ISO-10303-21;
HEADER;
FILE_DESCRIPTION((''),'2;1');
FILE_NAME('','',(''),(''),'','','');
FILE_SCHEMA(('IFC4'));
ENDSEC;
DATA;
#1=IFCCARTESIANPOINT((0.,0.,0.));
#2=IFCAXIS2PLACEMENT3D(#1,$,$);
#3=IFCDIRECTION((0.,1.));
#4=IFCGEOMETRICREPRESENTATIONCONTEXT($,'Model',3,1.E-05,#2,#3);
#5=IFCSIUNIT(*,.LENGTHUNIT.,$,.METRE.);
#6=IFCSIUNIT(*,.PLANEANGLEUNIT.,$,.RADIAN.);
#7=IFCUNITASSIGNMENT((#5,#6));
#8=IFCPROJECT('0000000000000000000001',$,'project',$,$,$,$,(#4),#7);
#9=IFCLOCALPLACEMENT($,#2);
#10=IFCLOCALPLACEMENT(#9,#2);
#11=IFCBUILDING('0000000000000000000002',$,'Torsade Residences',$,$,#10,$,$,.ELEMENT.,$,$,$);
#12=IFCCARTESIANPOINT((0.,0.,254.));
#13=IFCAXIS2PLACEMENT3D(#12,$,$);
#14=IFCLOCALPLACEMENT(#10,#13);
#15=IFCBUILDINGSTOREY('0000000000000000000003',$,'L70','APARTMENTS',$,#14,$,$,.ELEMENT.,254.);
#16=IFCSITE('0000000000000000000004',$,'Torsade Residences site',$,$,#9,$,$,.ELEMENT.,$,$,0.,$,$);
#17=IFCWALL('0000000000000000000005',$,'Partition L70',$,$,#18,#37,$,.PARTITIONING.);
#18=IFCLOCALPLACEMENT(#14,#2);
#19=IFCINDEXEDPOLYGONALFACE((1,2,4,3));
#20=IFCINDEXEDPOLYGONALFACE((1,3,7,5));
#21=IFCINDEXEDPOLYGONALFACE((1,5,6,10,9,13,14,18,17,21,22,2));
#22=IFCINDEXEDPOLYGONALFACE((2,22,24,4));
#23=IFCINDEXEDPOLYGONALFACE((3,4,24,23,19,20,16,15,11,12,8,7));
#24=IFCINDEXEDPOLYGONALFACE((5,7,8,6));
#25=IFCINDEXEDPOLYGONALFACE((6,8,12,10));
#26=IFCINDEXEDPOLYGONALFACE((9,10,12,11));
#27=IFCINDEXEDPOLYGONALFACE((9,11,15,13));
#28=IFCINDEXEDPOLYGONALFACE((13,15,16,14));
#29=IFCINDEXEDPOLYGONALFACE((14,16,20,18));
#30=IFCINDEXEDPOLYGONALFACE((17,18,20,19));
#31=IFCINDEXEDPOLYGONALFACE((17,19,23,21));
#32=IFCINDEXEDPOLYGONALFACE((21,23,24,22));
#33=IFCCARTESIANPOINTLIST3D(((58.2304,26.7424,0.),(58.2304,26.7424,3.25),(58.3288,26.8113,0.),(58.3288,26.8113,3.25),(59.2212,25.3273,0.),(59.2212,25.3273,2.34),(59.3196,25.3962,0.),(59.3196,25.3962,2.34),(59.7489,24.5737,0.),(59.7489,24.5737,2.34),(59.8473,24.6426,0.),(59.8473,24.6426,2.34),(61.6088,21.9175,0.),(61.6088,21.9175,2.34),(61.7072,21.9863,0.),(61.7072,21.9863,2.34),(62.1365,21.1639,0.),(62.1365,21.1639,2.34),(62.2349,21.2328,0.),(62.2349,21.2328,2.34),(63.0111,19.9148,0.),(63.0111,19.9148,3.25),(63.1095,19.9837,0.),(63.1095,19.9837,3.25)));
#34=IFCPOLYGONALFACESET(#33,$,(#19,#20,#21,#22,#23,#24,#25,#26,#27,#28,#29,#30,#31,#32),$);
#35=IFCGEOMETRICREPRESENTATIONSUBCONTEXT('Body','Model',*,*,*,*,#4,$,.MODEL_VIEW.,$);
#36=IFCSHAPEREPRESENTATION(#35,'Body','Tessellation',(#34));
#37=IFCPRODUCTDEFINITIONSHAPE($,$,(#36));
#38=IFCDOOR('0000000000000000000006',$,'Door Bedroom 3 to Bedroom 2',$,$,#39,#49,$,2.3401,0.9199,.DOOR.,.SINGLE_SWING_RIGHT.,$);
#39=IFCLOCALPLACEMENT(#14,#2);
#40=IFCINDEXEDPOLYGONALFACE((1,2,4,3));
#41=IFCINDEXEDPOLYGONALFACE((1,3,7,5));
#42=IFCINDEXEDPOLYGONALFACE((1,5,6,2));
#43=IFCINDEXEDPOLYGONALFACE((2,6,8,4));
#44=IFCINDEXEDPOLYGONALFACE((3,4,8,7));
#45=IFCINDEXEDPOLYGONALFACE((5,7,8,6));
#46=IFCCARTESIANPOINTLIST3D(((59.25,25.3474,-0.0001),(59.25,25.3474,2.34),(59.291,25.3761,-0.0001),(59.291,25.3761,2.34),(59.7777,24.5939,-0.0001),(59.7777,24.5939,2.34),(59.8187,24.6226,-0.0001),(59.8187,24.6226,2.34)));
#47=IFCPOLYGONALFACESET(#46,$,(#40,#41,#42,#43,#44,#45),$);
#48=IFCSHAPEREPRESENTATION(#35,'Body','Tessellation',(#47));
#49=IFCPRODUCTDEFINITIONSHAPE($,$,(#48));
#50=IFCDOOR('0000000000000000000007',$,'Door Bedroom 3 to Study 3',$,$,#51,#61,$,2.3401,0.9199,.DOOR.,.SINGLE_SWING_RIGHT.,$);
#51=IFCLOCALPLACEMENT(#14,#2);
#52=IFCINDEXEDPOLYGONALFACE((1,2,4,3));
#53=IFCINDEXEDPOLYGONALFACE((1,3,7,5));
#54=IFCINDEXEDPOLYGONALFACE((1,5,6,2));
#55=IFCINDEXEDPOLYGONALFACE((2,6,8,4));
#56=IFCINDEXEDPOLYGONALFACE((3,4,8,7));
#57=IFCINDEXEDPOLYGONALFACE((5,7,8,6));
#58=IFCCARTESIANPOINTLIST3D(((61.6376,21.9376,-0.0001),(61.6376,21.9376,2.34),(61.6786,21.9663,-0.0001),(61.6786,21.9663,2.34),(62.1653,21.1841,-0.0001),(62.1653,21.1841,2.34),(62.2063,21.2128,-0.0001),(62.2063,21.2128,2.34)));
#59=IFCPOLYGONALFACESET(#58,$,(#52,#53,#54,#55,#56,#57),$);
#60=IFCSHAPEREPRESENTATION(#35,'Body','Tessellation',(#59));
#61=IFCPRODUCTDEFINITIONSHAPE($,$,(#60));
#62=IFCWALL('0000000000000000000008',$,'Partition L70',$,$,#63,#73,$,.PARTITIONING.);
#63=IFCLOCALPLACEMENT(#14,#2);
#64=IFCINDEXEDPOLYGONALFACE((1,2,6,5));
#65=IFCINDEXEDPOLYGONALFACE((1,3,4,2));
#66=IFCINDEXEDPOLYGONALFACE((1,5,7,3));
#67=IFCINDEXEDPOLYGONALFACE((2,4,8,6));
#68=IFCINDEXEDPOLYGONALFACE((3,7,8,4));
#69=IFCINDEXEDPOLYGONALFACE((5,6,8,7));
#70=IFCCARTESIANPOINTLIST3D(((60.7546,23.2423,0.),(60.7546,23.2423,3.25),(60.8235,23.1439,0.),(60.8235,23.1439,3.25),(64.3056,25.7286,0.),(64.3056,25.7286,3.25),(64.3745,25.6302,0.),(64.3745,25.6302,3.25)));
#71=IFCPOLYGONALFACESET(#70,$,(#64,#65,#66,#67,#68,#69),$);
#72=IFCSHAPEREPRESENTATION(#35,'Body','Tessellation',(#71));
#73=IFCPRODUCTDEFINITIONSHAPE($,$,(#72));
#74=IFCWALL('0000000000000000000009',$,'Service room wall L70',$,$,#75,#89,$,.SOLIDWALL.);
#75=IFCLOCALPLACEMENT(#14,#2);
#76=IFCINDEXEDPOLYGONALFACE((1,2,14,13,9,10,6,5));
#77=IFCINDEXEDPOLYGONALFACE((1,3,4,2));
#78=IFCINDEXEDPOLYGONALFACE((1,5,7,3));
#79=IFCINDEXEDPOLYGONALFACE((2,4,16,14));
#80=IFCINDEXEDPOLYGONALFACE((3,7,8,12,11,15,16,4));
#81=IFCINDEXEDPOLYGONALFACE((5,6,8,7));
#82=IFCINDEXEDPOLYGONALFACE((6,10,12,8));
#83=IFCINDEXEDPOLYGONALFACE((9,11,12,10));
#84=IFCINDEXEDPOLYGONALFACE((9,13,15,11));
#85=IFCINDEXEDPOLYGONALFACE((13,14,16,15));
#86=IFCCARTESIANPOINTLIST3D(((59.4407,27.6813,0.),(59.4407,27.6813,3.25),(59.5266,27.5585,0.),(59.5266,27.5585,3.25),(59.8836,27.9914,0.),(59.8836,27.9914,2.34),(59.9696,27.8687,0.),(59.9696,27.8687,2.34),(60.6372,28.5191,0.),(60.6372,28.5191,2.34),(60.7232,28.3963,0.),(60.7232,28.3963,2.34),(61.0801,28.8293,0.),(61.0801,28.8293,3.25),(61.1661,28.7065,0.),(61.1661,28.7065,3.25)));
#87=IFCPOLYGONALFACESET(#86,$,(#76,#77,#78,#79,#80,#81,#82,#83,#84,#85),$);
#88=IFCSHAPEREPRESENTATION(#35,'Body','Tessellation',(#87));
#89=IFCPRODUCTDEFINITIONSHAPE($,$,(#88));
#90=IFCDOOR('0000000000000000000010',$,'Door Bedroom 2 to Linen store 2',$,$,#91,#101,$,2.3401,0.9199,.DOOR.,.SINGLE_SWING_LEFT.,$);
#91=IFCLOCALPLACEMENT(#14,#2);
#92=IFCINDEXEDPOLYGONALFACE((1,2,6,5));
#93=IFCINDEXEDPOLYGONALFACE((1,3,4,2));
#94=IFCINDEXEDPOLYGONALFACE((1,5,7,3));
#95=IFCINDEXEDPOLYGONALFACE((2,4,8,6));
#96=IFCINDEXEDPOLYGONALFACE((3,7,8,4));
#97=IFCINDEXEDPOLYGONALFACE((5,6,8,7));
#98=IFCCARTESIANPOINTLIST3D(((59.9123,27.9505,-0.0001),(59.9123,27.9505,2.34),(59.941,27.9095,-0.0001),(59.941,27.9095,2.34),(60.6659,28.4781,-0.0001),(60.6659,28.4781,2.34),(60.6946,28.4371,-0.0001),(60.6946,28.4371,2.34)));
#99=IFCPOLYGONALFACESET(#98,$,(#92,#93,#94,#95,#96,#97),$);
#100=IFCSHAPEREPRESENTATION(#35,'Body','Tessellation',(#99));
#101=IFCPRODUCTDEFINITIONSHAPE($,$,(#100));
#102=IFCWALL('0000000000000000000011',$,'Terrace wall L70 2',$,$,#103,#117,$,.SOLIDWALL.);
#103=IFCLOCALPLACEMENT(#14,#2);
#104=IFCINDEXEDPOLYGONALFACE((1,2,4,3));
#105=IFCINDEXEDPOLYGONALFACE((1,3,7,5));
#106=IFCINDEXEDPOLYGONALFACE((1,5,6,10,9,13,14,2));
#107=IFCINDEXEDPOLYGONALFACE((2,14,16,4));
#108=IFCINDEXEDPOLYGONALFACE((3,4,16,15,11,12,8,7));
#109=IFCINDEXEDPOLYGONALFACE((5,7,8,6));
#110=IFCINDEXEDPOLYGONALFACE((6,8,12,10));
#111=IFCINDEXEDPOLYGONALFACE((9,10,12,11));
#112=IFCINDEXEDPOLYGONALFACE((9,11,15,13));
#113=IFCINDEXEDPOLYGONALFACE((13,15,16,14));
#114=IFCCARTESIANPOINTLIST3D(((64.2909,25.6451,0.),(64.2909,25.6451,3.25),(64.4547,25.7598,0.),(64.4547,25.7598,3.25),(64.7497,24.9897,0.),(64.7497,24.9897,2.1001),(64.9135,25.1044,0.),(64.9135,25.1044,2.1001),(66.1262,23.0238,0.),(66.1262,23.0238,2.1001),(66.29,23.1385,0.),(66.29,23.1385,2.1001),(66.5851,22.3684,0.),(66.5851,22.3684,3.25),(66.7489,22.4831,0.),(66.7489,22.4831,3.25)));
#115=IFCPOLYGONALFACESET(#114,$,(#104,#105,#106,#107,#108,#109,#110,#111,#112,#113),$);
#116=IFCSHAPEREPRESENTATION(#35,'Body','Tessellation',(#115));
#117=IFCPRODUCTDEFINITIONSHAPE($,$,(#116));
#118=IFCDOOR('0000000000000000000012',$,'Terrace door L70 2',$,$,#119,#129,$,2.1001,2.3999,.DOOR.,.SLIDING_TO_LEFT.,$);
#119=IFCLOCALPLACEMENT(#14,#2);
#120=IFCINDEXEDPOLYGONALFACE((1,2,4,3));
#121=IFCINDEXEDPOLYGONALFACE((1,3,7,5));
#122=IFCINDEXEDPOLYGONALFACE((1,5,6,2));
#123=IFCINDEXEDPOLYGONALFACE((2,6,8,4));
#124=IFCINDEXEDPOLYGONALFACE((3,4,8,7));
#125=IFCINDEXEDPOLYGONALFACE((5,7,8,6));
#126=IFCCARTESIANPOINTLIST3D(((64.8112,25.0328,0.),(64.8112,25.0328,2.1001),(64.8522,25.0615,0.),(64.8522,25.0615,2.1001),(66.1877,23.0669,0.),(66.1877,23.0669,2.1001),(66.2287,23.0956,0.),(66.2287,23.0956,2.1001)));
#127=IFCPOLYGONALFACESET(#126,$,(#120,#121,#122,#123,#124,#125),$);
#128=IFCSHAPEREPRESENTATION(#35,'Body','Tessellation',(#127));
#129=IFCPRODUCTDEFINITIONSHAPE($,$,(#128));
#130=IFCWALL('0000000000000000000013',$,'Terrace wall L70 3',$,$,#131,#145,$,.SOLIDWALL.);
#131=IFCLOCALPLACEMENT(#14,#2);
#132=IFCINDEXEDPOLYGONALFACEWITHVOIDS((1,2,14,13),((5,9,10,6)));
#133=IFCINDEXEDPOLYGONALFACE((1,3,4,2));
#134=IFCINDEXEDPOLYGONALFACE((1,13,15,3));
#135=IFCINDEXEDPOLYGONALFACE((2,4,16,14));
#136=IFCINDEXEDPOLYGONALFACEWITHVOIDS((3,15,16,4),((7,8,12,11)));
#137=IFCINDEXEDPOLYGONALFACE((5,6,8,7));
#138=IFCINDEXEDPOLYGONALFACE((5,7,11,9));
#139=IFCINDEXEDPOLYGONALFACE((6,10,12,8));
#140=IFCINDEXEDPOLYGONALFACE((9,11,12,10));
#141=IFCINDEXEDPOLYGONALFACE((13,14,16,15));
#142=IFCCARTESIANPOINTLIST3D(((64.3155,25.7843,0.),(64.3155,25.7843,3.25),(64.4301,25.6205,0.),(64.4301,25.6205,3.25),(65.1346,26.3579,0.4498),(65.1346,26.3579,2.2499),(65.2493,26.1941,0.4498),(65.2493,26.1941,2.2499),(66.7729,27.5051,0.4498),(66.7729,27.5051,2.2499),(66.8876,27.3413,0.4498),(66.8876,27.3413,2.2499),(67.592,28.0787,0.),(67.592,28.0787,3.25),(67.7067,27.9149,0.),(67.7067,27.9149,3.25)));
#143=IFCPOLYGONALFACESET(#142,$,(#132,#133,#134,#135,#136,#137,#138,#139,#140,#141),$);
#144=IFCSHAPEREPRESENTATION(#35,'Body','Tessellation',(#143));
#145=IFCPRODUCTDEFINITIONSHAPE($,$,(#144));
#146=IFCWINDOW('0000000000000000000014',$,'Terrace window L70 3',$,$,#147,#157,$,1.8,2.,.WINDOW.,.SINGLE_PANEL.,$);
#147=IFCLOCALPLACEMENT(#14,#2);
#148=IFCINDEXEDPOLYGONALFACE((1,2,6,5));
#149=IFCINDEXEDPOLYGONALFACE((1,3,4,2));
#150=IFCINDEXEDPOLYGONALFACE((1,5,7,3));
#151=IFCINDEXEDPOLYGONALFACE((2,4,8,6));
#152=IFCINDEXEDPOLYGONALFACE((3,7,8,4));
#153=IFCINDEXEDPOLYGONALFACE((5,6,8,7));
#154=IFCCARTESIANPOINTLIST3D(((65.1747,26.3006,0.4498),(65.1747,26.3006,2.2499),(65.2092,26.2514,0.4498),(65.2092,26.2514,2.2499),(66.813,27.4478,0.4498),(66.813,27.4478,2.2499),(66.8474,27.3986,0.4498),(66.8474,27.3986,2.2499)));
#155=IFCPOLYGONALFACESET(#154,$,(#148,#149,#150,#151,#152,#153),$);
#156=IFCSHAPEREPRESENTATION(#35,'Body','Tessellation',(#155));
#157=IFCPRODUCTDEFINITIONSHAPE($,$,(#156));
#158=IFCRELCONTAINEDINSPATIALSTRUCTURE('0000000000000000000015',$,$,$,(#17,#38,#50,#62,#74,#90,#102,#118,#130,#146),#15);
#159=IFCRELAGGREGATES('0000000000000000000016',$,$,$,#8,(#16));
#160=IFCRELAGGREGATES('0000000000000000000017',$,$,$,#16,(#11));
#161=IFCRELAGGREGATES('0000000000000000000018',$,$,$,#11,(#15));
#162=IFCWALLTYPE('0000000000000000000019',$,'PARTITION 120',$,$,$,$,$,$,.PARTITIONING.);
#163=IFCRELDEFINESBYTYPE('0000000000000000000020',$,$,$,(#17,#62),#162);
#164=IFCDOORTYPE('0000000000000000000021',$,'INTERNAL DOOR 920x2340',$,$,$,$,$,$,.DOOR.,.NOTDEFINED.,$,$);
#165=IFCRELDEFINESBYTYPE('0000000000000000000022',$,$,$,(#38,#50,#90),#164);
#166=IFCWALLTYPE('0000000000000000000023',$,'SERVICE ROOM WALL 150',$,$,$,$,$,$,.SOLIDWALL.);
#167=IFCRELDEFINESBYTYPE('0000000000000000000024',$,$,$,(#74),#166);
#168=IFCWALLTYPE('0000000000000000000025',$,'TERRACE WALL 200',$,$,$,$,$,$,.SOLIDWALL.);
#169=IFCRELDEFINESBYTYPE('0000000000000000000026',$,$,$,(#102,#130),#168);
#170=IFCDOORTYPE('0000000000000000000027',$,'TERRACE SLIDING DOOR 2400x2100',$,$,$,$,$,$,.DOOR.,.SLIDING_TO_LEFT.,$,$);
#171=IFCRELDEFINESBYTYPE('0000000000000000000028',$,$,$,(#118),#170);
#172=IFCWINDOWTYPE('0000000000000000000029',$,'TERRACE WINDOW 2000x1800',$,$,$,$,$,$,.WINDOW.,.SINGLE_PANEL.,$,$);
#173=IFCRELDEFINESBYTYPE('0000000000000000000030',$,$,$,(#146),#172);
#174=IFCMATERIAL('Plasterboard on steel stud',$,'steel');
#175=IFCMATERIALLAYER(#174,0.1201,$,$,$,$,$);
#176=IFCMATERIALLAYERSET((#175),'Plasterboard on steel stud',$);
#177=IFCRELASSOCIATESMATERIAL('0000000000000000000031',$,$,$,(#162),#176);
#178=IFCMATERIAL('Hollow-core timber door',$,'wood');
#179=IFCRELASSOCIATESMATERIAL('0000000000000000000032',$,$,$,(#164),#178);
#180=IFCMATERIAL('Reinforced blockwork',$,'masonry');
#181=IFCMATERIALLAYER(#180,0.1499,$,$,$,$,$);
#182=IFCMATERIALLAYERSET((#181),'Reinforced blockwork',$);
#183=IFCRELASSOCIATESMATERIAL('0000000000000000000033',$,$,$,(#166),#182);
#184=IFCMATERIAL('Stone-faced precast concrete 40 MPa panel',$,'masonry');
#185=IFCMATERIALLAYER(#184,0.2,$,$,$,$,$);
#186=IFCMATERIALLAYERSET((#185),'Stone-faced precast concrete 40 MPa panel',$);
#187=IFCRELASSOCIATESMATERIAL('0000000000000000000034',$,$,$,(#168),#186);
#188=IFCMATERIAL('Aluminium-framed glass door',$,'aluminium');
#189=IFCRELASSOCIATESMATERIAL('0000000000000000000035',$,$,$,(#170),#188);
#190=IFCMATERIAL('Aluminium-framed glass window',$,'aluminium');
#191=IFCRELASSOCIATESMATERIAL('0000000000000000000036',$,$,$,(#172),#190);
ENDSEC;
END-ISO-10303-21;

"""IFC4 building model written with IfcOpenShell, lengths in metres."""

from ifc_helpers import new_model, si_unit, direction, frame, frame_2d, origin, place, context, subcontext, project, spatial, rectangle, extrude, material, layer, layer_set, type_object, element, fill, save


model = new_model("IFC4")

# Units and contexts
model_context = context("Model", 3, precision=1e-05, world=origin(), true_north=direction((0.0, 1.0)))
body_context = subcontext(model_context, "Body", "Model", "MODEL_VIEW")
ifc_project = project(units=[si_unit("LENGTHUNIT", "METRE"), si_unit("PLANEANGLEUNIT", "RADIAN")], contexts=[model_context])

# Site, building, storey
site_placement = place(None, origin())
site = spatial("IfcSite", under=ifc_project, at=site_placement, Name="Torsade Residences site", CompositionType="ELEMENT", RefElevation=0.0)
building_placement = place(site_placement, origin())
building = spatial("IfcBuilding", under=site, at=building_placement, Name="Torsade Residences", CompositionType="ELEMENT")
storey_placement = place(building_placement, frame((0.0, 0.0, 254.0)))
storey = spatial("IfcBuildingStorey", under=building, at=storey_placement, Name="L70", Description="APARTMENTS", CompositionType="ELEMENT", Elevation=254.0)

# Wall, openings, doors
ifc_material_1 = material(Name="Plasterboard on steel stud", Category="steel")
ifc_layer_1 = layer(ifc_material_1, 0.1201)
ifc_layer_set_1 = layer_set([ifc_layer_1], Name="Plasterboard on steel stud")
wall_type_1 = type_object("IfcWallType", Name="PARTITION 120", PredefinedType="PARTITIONING", material=ifc_layer_set_1)
wall_1_placement = place(storey_placement, frame((63.0603, 19.9492, 0.0), z_axis=(0.0, 0.0, 1.0), x_axis=(-0.573576, 0.819152, 0.0)))
wall_1 = element("IfcWall", 1, at=wall_1_placement, inside=storey, type_object=wall_type_1, Name="Partition L70", PredefinedType="PARTITIONING", context=body_context, shape_type="SweptSolid", body=[
    extrude(rectangle(XDim=8.335, YDim=0.1201, at=frame_2d((4.1675, 0.0))), origin(), (0.0, 0.0, 1.0), 3.25),
])
opening_1_placement = place(wall_1_placement, frame((5.6875, 0.0, 0.0)))
opening_1 = element("IfcOpeningElement", 2, at=opening_1_placement, cuts=wall_1, PredefinedType="OPENING", context=body_context, shape_type="SweptSolid", body=[
    extrude(rectangle(XDim=0.9199, YDim=2.3401, at=frame_2d((0.46, 1.1699))), frame((0.0, 0.0701, 0.0), z_axis=(0.0, -1.0, 0.0), x_axis=(1.0, 0.0, 0.0)), (0.0, 0.0, 1.0), 0.1401),
])
opening_2_placement = place(wall_1_placement, frame((1.5249, 0.0, 0.0)))
opening_2 = element("IfcOpeningElement", 3, at=opening_2_placement, cuts=wall_1, PredefinedType="OPENING", context=body_context, shape_type="SweptSolid", body=[
    extrude(rectangle(XDim=0.9199, YDim=2.3401, at=frame_2d((0.46, 1.1699))), frame((0.0, 0.0701, 0.0), z_axis=(0.0, -1.0, 0.0), x_axis=(1.0, 0.0, 0.0)), (0.0, 0.0, 1.0), 0.1401),
])
ifc_material_2 = material(Name="Hollow-core timber door", Category="wood")
door_type_1 = type_object("IfcDoorType", Name="INTERNAL DOOR 920x2340", OperationType="NOTDEFINED", PredefinedType="DOOR", material=ifc_material_2)
door_1_placement = place(opening_1_placement, origin())
door_1 = element("IfcDoor", 4, at=door_1_placement, inside=storey, type_object=door_type_1, Name="Door Bedroom 3 to Bedroom 2", OperationType="SINGLE_SWING_RIGHT", OverallHeight=2.3401, OverallWidth=0.9199, PredefinedType="DOOR", context=body_context, shape_type="SweptSolid", body=[
    extrude(rectangle(XDim=0.9199, YDim=2.3401, at=frame_2d((0.46, 1.1699))), frame((0.0, 0.0249, 0.0), z_axis=(0.0, -1.0, 0.0), x_axis=(1.0, 0.0, 0.0)), (0.0, 0.0, 1.0), 0.05),
])
fill(opening_1, door_1)
door_2_placement = place(opening_2_placement, origin())
door_2 = element("IfcDoor", 5, at=door_2_placement, inside=storey, type_object=door_type_1, Name="Door Bedroom 3 to Study 3", OperationType="SINGLE_SWING_RIGHT", OverallHeight=2.3401, OverallWidth=0.9199, PredefinedType="DOOR", context=body_context, shape_type="SweptSolid", body=[
    extrude(rectangle(XDim=0.9199, YDim=2.3401, at=frame_2d((0.46, 1.1699))), frame((0.0, 0.0249, 0.0), z_axis=(0.0, -1.0, 0.0), x_axis=(1.0, 0.0, 0.0)), (0.0, 0.0, 1.0), 0.05),
])
fill(opening_2, door_2)

# Wall
wall_2_placement = place(storey_placement, frame((64.3401, 25.6794, 0.0), z_axis=(0.0, 0.0, 1.0), x_axis=(-0.819166, -0.573557, 0.0)))
element("IfcWall", 6, at=wall_2_placement, inside=storey, type_object=wall_type_1, Name="Partition L70", PredefinedType="PARTITIONING", context=body_context, shape_type="SweptSolid", body=[
    extrude(rectangle(XDim=4.335, YDim=0.1201, at=frame_2d((2.1675, 0.0))), origin(), (0.0, 0.0, 1.0), 3.25),
])

# Walls, openings, doors
ifc_material_3 = material(Name="Reinforced blockwork", Category="masonry")
ifc_layer_2 = layer(ifc_material_3, 0.1499)
ifc_layer_set_2 = layer_set([ifc_layer_2], Name="Reinforced blockwork")
wall_type_2 = type_object("IfcWallType", Name="SERVICE ROOM WALL 150", PredefinedType="SOLIDWALL", material=ifc_layer_set_2)
wall_3_placement = place(storey_placement, frame((59.4836, 27.6199, 0.0), z_axis=(0.0, 0.0, 1.0), x_axis=(0.819146, 0.573585, 0.0)))
wall_3 = element("IfcWall", 7, at=wall_3_placement, inside=storey, type_object=wall_type_2, Name="Service room wall L70", PredefinedType="SOLIDWALL", context=body_context, shape_type="SweptSolid", body=[
    extrude(rectangle(XDim=2.0015, YDim=0.1499, at=frame_2d((1.0007, 0.0))), origin(), (0.0, 0.0, 1.0), 3.25),
])
opening_3_placement = place(wall_3_placement, frame((0.5408, 0.0, 0.0)))
opening_3 = element("IfcOpeningElement", 8, at=opening_3_placement, cuts=wall_3, PredefinedType="OPENING", context=body_context, shape_type="SweptSolid", body=[
    extrude(rectangle(XDim=0.9199, YDim=2.3401, at=frame_2d((0.46, 1.1699))), frame((0.0, 0.085, 0.0), z_axis=(0.0, -1.0, 0.0), x_axis=(1.0, 0.0, 0.0)), (0.0, 0.0, 1.0), 0.1699),
])
door_3_placement = place(opening_3_placement, origin())
door_3 = element("IfcDoor", 9, at=door_3_placement, inside=storey, type_object=door_type_1, Name="Door Bedroom 2 to Linen store 2", OperationType="SINGLE_SWING_LEFT", OverallHeight=2.3401, OverallWidth=0.9199, PredefinedType="DOOR", context=body_context, shape_type="SweptSolid", body=[
    extrude(rectangle(XDim=0.9199, YDim=2.3401, at=frame_2d((0.46, 1.1699))), frame((0.0, 0.0249, 0.0), z_axis=(0.0, -1.0, 0.0), x_axis=(1.0, 0.0, 0.0)), (0.0, 0.0, 1.0), 0.05),
])
fill(opening_3, door_3)
ifc_material_4 = material(Name="Stone-faced precast concrete 40 MPa panel", Category="masonry")
ifc_layer_3 = layer(ifc_material_4, 0.2)
ifc_layer_set_3 = layer_set([ifc_layer_3], Name="Stone-faced precast concrete 40 MPa panel")
wall_type_3 = type_object("IfcWallType", Name="TERRACE WALL 200", PredefinedType="SOLIDWALL", material=ifc_layer_set_3)
wall_4_placement = place(storey_placement, frame((66.667, 22.4258, 0.0), z_axis=(0.0, 0.0, 1.0), x_axis=(-0.573557, 0.819166, 0.0)))
wall_4 = element("IfcWall", 10, at=wall_4_placement, inside=storey, type_object=wall_type_3, Name="Terrace wall L70 2", PredefinedType="SOLIDWALL", context=body_context, shape_type="SweptSolid", body=[
    extrude(rectangle(XDim=4.0, YDim=0.2, at=frame_2d((2.0, 0.0))), origin(), (0.0, 0.0, 1.0), 3.25),
])
opening_4_placement = place(wall_4_placement, frame((0.8, 0.0, 0.0)))
opening_4 = element("IfcOpeningElement", 11, at=opening_4_placement, cuts=wall_4, PredefinedType="OPENING", context=body_context, shape_type="SweptSolid", body=[
    extrude(rectangle(XDim=2.3999, YDim=2.1001, at=frame_2d((1.2, 1.05))), frame((0.0, 0.1099, 0.0), z_axis=(0.0, -1.0, 0.0), x_axis=(1.0, 0.0, 0.0)), (0.0, 0.0, 1.0), 0.22),
])
ifc_material_5 = material(Name="Aluminium-framed glass door", Category="aluminium")
door_type_2 = type_object("IfcDoorType", Name="TERRACE SLIDING DOOR 2400x2100", OperationType="SLIDING_TO_LEFT", PredefinedType="DOOR", material=ifc_material_5)
door_4_placement = place(opening_4_placement, origin())
door_4 = element("IfcDoor", 12, at=door_4_placement, inside=storey, type_object=door_type_2, Name="Terrace door L70 2", OperationType="SLIDING_TO_LEFT", OverallHeight=2.1001, OverallWidth=2.3999, PredefinedType="DOOR", context=body_context, shape_type="SweptSolid", body=[
    extrude(rectangle(XDim=2.3999, YDim=2.1001, at=frame_2d((1.2, 1.05))), frame((0.0, 0.0249, 0.0), z_axis=(0.0, -1.0, 0.0), x_axis=(1.0, 0.0, 0.0)), (0.0, 0.0, 1.0), 0.05),
])
fill(opening_4, door_4)

# Wall, opening, window
wall_5_placement = place(storey_placement, frame((64.3728, 25.7024, 0.0), z_axis=(0.0, 0.0, 1.0), x_axis=(0.819137, 0.573598, 0.0)))
wall_5 = element("IfcWall", 13, at=wall_5_placement, inside=storey, type_object=wall_type_3, Name="Terrace wall L70 3", PredefinedType="SOLIDWALL", context=body_context, shape_type="SweptSolid", body=[
    extrude(rectangle(XDim=4.0, YDim=0.2, at=frame_2d((2.0, 0.0))), origin(), (0.0, 0.0, 1.0), 3.25),
])
opening_5_placement = place(wall_5_placement, frame((1.0, 0.0, 0.45)))
opening_5 = element("IfcOpeningElement", 14, at=opening_5_placement, cuts=wall_5, PredefinedType="OPENING", context=body_context, shape_type="SweptSolid", body=[
    extrude(rectangle(XDim=2.0, YDim=1.8, at=frame_2d((1.0, 0.8999))), frame((0.0, 0.1099, 0.0), z_axis=(0.0, -1.0, 0.0), x_axis=(1.0, 0.0, 0.0)), (0.0, 0.0, 1.0), 0.22),
])
ifc_material_6 = material(Name="Aluminium-framed glass window", Category="aluminium")
window_type = type_object("IfcWindowType", Name="TERRACE WINDOW 2000x1800", PartitioningType="SINGLE_PANEL", PredefinedType="WINDOW", material=ifc_material_6)
window_placement = place(opening_5_placement, origin())
window = element("IfcWindow", 15, at=window_placement, inside=storey, type_object=window_type, Name="Terrace window L70 3", OverallHeight=1.8, OverallWidth=2.0, PartitioningType="SINGLE_PANEL", PredefinedType="WINDOW", context=body_context, shape_type="SweptSolid", body=[
    extrude(rectangle(XDim=2.0, YDim=1.8, at=frame_2d((1.0, 0.8999))), frame((0.0, 0.03, 0.0), z_axis=(0.0, -1.0, 0.0), x_axis=(1.0, 0.0, 0.0)), (0.0, 0.0, 1.0), 0.0601),
])
fill(opening_5, window)

save(model, "model.ifc")
